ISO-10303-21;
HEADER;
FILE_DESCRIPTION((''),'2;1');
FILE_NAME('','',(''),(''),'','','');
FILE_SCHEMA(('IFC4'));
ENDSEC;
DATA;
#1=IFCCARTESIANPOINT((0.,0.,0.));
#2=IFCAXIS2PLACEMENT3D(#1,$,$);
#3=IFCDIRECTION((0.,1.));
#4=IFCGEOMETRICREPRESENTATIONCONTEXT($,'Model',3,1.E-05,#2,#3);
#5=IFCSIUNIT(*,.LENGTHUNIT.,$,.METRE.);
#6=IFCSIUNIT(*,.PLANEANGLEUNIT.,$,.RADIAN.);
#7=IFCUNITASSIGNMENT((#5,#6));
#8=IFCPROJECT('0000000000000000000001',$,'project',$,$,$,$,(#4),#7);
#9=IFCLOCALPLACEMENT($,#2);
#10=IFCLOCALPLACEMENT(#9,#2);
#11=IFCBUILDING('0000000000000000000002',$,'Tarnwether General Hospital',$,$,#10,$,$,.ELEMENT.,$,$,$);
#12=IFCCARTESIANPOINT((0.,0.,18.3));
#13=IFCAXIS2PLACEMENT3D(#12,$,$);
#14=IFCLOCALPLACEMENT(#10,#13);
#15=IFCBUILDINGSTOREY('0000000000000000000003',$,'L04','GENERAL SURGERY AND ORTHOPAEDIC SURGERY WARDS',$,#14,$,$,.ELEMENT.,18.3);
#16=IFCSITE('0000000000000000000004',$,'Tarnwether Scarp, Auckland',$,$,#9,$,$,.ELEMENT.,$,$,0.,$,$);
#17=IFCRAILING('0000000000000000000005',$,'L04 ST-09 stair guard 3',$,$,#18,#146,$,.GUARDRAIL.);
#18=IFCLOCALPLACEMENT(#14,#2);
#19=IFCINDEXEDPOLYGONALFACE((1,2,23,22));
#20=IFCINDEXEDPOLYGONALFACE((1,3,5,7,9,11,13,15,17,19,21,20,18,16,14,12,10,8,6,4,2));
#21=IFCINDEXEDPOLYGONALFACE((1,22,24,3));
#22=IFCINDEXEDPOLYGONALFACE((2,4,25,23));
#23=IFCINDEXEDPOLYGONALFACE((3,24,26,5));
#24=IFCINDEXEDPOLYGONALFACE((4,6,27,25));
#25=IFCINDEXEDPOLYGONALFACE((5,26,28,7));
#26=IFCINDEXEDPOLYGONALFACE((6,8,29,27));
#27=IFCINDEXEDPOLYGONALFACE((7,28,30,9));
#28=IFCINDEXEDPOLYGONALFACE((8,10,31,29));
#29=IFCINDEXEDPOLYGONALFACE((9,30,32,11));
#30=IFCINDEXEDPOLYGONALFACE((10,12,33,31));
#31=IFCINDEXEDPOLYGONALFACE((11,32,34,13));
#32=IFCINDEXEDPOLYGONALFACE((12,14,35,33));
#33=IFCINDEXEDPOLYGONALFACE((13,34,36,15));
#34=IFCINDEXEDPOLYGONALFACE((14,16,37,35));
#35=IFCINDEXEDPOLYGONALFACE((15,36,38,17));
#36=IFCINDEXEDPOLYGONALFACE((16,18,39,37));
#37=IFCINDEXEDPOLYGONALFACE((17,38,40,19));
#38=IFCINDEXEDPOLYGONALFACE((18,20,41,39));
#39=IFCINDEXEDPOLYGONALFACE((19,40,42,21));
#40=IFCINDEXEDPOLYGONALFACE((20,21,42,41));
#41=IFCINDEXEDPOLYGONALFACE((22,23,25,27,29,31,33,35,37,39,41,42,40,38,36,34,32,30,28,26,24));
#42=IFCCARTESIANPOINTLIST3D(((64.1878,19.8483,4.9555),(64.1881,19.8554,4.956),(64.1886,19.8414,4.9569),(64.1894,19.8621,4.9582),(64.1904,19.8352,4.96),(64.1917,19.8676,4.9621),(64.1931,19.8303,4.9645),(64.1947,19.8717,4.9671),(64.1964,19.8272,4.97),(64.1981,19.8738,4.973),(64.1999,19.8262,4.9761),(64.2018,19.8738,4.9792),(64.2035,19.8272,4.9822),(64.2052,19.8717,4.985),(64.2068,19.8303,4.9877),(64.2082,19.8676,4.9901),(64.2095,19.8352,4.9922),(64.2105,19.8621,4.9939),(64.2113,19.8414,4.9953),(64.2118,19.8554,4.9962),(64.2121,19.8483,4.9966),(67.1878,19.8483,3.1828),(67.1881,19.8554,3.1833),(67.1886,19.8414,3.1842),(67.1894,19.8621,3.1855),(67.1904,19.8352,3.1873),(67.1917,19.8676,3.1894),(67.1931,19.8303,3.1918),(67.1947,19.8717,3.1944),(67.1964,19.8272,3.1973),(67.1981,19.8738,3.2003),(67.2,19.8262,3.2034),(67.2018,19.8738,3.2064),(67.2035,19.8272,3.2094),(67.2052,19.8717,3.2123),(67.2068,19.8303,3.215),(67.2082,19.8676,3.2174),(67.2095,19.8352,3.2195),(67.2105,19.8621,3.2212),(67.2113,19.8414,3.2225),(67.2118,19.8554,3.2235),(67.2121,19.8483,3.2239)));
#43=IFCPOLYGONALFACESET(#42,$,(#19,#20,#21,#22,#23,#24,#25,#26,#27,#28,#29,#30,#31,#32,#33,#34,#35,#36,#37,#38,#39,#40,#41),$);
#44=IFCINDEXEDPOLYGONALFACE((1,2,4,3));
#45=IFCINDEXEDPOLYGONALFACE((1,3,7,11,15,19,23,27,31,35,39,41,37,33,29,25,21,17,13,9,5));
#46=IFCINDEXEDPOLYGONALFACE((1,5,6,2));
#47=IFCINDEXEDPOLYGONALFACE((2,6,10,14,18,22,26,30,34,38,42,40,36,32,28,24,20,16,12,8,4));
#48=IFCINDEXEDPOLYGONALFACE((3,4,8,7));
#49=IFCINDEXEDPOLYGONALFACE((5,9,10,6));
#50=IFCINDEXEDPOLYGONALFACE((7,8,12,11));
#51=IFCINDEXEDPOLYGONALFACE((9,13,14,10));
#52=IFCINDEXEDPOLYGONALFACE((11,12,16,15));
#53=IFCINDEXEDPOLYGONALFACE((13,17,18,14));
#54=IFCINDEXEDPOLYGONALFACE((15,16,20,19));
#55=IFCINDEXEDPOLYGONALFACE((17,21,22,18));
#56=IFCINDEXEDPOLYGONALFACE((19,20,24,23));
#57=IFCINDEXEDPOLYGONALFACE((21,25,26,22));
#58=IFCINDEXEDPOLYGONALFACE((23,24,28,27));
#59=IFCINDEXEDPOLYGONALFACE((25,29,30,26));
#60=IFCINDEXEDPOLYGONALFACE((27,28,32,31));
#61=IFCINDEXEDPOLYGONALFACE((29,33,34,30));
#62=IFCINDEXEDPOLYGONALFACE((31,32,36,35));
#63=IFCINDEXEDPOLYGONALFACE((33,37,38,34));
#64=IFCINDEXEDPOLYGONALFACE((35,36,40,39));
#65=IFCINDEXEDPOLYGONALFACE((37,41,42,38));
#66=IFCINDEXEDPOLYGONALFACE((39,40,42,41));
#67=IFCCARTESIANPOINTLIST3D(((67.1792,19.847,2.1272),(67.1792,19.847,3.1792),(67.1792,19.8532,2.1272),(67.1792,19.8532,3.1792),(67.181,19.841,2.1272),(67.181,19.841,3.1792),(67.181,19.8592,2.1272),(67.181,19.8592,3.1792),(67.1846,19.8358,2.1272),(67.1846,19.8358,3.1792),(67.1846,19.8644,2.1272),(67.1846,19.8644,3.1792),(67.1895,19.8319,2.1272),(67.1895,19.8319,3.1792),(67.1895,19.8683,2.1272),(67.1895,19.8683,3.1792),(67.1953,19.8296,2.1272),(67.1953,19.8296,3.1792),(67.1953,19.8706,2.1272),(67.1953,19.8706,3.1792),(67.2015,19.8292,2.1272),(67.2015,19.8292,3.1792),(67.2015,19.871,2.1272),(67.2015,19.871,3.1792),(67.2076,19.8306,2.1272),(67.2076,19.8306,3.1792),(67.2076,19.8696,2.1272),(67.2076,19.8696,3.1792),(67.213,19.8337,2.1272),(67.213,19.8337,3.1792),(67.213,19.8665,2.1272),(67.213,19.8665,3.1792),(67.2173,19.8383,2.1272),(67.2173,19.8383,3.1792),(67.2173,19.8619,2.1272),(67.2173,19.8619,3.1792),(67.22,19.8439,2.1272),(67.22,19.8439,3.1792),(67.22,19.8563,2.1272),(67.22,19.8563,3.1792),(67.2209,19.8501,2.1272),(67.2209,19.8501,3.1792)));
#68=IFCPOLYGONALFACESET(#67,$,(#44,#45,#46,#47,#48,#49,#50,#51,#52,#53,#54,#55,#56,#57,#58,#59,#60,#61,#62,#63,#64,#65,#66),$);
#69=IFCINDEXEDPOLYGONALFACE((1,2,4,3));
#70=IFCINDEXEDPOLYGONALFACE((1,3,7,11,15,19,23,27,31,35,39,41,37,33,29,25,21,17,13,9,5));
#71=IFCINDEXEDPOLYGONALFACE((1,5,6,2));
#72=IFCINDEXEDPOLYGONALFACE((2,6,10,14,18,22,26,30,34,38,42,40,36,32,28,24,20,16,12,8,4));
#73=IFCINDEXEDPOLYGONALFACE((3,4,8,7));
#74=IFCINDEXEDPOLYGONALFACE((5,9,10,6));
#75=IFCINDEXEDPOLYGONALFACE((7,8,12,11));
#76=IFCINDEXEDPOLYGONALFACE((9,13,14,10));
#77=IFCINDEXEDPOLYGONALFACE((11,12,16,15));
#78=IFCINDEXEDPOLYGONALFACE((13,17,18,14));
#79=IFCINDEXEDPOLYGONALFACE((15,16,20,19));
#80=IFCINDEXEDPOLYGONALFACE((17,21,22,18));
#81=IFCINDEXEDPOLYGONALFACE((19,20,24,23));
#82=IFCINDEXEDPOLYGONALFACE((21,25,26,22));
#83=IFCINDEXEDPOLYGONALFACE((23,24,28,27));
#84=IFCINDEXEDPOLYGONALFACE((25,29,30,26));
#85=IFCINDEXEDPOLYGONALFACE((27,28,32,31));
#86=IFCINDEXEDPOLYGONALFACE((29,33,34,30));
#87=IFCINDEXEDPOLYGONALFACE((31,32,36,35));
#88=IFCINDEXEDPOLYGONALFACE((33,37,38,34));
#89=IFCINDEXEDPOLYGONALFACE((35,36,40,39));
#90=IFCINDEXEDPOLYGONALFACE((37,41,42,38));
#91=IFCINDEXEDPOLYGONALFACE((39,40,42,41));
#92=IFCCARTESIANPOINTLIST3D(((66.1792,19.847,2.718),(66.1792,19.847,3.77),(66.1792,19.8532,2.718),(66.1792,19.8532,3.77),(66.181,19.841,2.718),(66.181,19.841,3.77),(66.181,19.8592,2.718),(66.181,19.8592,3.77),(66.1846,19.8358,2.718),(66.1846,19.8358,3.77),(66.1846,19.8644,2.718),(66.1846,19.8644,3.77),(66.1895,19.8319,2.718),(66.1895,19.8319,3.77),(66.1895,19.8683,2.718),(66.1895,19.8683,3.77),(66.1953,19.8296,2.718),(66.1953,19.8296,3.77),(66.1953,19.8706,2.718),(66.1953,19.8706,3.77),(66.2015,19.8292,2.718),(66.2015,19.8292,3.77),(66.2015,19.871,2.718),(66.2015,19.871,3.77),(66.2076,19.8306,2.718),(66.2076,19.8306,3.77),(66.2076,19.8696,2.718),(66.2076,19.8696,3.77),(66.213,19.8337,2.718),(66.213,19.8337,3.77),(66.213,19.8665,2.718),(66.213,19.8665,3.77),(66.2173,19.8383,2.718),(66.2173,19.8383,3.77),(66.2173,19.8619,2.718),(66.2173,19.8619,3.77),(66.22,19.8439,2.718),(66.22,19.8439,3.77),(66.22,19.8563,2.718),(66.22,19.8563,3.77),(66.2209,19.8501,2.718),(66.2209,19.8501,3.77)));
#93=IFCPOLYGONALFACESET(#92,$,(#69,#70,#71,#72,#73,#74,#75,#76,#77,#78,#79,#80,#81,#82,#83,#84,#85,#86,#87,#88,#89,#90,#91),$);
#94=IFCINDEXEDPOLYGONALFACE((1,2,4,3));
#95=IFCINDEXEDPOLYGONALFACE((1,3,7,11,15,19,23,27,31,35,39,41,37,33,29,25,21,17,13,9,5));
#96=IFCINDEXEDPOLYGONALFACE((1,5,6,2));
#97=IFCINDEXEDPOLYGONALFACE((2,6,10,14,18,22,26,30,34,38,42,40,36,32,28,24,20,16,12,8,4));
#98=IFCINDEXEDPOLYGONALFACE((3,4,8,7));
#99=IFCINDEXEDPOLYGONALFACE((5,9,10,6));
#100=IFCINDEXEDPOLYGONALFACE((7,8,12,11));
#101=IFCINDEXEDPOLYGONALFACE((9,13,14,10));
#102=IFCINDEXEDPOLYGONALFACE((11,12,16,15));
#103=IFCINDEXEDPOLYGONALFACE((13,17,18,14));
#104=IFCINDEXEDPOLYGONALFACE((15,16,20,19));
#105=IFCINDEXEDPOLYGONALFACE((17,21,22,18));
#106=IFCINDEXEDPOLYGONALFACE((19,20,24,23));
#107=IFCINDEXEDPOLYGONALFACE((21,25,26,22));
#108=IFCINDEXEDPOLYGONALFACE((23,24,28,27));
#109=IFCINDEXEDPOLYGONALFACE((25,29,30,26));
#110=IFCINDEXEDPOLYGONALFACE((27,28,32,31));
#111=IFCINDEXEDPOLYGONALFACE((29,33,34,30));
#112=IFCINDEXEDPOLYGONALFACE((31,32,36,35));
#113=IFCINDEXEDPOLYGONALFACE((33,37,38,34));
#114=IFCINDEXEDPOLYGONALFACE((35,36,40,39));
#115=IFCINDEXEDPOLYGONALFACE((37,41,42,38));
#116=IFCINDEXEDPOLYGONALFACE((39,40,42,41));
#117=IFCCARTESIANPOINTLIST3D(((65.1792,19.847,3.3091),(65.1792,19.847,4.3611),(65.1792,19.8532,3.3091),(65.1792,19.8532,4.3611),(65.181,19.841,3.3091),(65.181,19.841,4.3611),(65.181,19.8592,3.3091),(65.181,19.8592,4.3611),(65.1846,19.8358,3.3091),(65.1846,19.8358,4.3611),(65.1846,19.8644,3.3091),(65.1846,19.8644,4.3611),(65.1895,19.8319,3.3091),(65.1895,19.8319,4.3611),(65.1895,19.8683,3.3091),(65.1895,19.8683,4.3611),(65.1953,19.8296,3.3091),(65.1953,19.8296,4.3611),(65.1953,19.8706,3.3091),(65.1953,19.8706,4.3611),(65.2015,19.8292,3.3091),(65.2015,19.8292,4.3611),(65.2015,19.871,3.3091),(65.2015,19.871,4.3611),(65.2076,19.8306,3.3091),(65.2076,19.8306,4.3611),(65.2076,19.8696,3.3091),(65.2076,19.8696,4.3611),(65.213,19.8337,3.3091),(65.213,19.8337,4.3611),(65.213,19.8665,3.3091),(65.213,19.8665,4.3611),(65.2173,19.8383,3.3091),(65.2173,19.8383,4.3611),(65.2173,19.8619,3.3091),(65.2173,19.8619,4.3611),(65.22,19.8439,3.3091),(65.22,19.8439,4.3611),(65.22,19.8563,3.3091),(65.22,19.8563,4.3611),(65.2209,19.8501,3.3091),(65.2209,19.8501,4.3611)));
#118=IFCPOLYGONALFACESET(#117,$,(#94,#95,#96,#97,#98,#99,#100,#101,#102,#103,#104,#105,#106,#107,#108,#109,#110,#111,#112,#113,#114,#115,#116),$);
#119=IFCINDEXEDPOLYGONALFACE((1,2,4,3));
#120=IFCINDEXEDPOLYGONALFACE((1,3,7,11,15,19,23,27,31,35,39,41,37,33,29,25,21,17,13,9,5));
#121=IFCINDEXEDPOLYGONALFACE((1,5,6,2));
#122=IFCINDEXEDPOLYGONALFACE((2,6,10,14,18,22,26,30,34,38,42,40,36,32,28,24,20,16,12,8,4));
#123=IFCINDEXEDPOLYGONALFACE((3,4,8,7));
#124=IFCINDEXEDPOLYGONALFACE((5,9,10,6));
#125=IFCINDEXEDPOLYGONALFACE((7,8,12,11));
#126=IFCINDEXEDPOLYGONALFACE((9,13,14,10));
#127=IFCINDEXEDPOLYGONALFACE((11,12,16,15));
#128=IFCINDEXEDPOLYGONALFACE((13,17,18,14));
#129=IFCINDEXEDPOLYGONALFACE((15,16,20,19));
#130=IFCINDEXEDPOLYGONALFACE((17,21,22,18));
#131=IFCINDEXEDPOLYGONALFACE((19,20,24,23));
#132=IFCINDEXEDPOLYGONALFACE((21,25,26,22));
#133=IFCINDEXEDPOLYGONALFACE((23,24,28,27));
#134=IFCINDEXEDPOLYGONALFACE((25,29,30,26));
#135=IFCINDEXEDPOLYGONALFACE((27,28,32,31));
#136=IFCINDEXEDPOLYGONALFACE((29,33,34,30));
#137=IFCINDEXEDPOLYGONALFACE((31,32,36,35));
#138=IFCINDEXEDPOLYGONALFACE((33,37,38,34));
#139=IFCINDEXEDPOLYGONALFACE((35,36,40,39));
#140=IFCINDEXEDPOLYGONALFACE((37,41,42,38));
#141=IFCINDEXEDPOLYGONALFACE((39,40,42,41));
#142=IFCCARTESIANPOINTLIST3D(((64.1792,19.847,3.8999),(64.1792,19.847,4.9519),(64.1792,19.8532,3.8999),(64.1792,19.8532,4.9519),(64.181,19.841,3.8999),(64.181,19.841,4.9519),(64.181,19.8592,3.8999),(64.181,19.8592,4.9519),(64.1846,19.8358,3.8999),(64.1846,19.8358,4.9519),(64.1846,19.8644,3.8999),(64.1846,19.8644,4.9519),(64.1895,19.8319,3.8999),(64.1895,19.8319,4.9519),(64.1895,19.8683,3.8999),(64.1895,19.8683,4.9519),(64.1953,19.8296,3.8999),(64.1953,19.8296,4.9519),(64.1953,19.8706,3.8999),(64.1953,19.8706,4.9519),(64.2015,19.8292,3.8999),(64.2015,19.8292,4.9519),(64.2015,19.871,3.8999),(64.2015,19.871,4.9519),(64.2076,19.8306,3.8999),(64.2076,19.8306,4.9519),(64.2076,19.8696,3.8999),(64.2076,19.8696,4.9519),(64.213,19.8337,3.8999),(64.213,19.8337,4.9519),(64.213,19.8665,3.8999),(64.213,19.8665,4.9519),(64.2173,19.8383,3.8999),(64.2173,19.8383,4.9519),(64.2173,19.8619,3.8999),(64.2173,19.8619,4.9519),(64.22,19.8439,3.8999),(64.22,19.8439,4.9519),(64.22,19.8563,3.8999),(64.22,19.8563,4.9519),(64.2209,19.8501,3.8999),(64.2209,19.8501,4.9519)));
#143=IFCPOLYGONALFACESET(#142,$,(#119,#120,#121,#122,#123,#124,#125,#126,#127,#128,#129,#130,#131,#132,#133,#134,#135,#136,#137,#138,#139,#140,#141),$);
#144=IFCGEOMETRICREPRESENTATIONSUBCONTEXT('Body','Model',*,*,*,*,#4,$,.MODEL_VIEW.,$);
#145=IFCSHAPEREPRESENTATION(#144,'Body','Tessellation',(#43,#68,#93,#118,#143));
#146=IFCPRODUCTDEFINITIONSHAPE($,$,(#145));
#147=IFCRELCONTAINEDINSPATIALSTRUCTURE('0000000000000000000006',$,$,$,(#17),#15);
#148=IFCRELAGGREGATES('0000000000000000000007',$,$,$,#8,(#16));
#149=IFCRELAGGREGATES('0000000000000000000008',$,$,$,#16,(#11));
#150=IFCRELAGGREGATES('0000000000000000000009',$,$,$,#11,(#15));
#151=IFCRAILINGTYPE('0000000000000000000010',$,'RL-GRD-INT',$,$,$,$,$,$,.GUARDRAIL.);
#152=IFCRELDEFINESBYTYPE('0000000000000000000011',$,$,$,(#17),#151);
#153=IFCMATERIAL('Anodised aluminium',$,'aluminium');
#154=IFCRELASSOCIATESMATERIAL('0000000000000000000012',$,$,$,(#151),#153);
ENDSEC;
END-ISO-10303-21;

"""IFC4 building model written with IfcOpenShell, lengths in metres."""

from ifc_helpers import new_model, si_unit, direction, frame, origin, origin_2d, place, context, subcontext, project, spatial, circle, extrude, material, type_object, element, save


model = new_model("IFC4")

# Units and contexts
model_context = context("Model", 3, precision=1e-05, world=origin(), true_north=direction((0.0, 1.0)))
body_context = subcontext(model_context, "Body", "Model", "MODEL_VIEW")
ifc_project = project(units=[si_unit("LENGTHUNIT", "METRE"), si_unit("PLANEANGLEUNIT", "RADIAN")], contexts=[model_context])

# Site, building, storey
site_placement = place(None, origin())
site = spatial("IfcSite", under=ifc_project, at=site_placement, Name="Tarnwether Scarp, Auckland", CompositionType="ELEMENT", RefElevation=0.0)
building_placement = place(site_placement, origin())
building = spatial("IfcBuilding", under=site, at=building_placement, Name="Tarnwether General Hospital", CompositionType="ELEMENT")
storey_placement = place(building_placement, frame((0.0, 0.0, 18.3)))
storey = spatial("IfcBuildingStorey", under=building, at=storey_placement, Name="L04", Description="GENERAL SURGERY AND ORTHOPAEDIC SURGERY WARDS", CompositionType="ELEMENT", Elevation=18.3)

# Railing
ifc_material_1 = material(Name="Anodised aluminium", Category="aluminium")
railing_type_1 = type_object("IfcRailingType", Name="RL-GRD-INT", PredefinedType="GUARDRAIL", material=ifc_material_1)
railing_1_placement = place(storey_placement, frame((67.2, 19.8501, 2.1272)))
element("IfcRailing", 1, at=railing_1_placement, inside=storey, type_object=railing_type_1, Name="L04 ST-09 stair guard 3", PredefinedType="GUARDRAIL", context=body_context, shape_type="SweptSolid", body=[
    extrude(circle(Radius=0.0239, at=origin_2d()), frame((0.0, 0.0, 1.0762), z_axis=(-0.860929, 0.0, 0.508725), x_axis=(0.0, -1.0, 0.0)), (0.0, 0.0, 1.0), 3.4846),
    extrude(circle(Radius=0.021, at=origin_2d()), origin(), (0.0, 0.0, 1.0), 1.052),
    extrude(circle(Radius=0.021, at=origin_2d()), frame((-1.0, 0.0, 0.5908)), (0.0, 0.0, 1.0), 1.052),
    extrude(circle(Radius=0.021, at=origin_2d()), frame((-2.0, 0.0, 1.1819)), (0.0, 0.0, 1.0), 1.052),
    extrude(circle(Radius=0.021, at=origin_2d()), frame((-3.0, 0.0, 1.7727)), (0.0, 0.0, 1.0), 1.052),
])

save(model, "model.ifc")
